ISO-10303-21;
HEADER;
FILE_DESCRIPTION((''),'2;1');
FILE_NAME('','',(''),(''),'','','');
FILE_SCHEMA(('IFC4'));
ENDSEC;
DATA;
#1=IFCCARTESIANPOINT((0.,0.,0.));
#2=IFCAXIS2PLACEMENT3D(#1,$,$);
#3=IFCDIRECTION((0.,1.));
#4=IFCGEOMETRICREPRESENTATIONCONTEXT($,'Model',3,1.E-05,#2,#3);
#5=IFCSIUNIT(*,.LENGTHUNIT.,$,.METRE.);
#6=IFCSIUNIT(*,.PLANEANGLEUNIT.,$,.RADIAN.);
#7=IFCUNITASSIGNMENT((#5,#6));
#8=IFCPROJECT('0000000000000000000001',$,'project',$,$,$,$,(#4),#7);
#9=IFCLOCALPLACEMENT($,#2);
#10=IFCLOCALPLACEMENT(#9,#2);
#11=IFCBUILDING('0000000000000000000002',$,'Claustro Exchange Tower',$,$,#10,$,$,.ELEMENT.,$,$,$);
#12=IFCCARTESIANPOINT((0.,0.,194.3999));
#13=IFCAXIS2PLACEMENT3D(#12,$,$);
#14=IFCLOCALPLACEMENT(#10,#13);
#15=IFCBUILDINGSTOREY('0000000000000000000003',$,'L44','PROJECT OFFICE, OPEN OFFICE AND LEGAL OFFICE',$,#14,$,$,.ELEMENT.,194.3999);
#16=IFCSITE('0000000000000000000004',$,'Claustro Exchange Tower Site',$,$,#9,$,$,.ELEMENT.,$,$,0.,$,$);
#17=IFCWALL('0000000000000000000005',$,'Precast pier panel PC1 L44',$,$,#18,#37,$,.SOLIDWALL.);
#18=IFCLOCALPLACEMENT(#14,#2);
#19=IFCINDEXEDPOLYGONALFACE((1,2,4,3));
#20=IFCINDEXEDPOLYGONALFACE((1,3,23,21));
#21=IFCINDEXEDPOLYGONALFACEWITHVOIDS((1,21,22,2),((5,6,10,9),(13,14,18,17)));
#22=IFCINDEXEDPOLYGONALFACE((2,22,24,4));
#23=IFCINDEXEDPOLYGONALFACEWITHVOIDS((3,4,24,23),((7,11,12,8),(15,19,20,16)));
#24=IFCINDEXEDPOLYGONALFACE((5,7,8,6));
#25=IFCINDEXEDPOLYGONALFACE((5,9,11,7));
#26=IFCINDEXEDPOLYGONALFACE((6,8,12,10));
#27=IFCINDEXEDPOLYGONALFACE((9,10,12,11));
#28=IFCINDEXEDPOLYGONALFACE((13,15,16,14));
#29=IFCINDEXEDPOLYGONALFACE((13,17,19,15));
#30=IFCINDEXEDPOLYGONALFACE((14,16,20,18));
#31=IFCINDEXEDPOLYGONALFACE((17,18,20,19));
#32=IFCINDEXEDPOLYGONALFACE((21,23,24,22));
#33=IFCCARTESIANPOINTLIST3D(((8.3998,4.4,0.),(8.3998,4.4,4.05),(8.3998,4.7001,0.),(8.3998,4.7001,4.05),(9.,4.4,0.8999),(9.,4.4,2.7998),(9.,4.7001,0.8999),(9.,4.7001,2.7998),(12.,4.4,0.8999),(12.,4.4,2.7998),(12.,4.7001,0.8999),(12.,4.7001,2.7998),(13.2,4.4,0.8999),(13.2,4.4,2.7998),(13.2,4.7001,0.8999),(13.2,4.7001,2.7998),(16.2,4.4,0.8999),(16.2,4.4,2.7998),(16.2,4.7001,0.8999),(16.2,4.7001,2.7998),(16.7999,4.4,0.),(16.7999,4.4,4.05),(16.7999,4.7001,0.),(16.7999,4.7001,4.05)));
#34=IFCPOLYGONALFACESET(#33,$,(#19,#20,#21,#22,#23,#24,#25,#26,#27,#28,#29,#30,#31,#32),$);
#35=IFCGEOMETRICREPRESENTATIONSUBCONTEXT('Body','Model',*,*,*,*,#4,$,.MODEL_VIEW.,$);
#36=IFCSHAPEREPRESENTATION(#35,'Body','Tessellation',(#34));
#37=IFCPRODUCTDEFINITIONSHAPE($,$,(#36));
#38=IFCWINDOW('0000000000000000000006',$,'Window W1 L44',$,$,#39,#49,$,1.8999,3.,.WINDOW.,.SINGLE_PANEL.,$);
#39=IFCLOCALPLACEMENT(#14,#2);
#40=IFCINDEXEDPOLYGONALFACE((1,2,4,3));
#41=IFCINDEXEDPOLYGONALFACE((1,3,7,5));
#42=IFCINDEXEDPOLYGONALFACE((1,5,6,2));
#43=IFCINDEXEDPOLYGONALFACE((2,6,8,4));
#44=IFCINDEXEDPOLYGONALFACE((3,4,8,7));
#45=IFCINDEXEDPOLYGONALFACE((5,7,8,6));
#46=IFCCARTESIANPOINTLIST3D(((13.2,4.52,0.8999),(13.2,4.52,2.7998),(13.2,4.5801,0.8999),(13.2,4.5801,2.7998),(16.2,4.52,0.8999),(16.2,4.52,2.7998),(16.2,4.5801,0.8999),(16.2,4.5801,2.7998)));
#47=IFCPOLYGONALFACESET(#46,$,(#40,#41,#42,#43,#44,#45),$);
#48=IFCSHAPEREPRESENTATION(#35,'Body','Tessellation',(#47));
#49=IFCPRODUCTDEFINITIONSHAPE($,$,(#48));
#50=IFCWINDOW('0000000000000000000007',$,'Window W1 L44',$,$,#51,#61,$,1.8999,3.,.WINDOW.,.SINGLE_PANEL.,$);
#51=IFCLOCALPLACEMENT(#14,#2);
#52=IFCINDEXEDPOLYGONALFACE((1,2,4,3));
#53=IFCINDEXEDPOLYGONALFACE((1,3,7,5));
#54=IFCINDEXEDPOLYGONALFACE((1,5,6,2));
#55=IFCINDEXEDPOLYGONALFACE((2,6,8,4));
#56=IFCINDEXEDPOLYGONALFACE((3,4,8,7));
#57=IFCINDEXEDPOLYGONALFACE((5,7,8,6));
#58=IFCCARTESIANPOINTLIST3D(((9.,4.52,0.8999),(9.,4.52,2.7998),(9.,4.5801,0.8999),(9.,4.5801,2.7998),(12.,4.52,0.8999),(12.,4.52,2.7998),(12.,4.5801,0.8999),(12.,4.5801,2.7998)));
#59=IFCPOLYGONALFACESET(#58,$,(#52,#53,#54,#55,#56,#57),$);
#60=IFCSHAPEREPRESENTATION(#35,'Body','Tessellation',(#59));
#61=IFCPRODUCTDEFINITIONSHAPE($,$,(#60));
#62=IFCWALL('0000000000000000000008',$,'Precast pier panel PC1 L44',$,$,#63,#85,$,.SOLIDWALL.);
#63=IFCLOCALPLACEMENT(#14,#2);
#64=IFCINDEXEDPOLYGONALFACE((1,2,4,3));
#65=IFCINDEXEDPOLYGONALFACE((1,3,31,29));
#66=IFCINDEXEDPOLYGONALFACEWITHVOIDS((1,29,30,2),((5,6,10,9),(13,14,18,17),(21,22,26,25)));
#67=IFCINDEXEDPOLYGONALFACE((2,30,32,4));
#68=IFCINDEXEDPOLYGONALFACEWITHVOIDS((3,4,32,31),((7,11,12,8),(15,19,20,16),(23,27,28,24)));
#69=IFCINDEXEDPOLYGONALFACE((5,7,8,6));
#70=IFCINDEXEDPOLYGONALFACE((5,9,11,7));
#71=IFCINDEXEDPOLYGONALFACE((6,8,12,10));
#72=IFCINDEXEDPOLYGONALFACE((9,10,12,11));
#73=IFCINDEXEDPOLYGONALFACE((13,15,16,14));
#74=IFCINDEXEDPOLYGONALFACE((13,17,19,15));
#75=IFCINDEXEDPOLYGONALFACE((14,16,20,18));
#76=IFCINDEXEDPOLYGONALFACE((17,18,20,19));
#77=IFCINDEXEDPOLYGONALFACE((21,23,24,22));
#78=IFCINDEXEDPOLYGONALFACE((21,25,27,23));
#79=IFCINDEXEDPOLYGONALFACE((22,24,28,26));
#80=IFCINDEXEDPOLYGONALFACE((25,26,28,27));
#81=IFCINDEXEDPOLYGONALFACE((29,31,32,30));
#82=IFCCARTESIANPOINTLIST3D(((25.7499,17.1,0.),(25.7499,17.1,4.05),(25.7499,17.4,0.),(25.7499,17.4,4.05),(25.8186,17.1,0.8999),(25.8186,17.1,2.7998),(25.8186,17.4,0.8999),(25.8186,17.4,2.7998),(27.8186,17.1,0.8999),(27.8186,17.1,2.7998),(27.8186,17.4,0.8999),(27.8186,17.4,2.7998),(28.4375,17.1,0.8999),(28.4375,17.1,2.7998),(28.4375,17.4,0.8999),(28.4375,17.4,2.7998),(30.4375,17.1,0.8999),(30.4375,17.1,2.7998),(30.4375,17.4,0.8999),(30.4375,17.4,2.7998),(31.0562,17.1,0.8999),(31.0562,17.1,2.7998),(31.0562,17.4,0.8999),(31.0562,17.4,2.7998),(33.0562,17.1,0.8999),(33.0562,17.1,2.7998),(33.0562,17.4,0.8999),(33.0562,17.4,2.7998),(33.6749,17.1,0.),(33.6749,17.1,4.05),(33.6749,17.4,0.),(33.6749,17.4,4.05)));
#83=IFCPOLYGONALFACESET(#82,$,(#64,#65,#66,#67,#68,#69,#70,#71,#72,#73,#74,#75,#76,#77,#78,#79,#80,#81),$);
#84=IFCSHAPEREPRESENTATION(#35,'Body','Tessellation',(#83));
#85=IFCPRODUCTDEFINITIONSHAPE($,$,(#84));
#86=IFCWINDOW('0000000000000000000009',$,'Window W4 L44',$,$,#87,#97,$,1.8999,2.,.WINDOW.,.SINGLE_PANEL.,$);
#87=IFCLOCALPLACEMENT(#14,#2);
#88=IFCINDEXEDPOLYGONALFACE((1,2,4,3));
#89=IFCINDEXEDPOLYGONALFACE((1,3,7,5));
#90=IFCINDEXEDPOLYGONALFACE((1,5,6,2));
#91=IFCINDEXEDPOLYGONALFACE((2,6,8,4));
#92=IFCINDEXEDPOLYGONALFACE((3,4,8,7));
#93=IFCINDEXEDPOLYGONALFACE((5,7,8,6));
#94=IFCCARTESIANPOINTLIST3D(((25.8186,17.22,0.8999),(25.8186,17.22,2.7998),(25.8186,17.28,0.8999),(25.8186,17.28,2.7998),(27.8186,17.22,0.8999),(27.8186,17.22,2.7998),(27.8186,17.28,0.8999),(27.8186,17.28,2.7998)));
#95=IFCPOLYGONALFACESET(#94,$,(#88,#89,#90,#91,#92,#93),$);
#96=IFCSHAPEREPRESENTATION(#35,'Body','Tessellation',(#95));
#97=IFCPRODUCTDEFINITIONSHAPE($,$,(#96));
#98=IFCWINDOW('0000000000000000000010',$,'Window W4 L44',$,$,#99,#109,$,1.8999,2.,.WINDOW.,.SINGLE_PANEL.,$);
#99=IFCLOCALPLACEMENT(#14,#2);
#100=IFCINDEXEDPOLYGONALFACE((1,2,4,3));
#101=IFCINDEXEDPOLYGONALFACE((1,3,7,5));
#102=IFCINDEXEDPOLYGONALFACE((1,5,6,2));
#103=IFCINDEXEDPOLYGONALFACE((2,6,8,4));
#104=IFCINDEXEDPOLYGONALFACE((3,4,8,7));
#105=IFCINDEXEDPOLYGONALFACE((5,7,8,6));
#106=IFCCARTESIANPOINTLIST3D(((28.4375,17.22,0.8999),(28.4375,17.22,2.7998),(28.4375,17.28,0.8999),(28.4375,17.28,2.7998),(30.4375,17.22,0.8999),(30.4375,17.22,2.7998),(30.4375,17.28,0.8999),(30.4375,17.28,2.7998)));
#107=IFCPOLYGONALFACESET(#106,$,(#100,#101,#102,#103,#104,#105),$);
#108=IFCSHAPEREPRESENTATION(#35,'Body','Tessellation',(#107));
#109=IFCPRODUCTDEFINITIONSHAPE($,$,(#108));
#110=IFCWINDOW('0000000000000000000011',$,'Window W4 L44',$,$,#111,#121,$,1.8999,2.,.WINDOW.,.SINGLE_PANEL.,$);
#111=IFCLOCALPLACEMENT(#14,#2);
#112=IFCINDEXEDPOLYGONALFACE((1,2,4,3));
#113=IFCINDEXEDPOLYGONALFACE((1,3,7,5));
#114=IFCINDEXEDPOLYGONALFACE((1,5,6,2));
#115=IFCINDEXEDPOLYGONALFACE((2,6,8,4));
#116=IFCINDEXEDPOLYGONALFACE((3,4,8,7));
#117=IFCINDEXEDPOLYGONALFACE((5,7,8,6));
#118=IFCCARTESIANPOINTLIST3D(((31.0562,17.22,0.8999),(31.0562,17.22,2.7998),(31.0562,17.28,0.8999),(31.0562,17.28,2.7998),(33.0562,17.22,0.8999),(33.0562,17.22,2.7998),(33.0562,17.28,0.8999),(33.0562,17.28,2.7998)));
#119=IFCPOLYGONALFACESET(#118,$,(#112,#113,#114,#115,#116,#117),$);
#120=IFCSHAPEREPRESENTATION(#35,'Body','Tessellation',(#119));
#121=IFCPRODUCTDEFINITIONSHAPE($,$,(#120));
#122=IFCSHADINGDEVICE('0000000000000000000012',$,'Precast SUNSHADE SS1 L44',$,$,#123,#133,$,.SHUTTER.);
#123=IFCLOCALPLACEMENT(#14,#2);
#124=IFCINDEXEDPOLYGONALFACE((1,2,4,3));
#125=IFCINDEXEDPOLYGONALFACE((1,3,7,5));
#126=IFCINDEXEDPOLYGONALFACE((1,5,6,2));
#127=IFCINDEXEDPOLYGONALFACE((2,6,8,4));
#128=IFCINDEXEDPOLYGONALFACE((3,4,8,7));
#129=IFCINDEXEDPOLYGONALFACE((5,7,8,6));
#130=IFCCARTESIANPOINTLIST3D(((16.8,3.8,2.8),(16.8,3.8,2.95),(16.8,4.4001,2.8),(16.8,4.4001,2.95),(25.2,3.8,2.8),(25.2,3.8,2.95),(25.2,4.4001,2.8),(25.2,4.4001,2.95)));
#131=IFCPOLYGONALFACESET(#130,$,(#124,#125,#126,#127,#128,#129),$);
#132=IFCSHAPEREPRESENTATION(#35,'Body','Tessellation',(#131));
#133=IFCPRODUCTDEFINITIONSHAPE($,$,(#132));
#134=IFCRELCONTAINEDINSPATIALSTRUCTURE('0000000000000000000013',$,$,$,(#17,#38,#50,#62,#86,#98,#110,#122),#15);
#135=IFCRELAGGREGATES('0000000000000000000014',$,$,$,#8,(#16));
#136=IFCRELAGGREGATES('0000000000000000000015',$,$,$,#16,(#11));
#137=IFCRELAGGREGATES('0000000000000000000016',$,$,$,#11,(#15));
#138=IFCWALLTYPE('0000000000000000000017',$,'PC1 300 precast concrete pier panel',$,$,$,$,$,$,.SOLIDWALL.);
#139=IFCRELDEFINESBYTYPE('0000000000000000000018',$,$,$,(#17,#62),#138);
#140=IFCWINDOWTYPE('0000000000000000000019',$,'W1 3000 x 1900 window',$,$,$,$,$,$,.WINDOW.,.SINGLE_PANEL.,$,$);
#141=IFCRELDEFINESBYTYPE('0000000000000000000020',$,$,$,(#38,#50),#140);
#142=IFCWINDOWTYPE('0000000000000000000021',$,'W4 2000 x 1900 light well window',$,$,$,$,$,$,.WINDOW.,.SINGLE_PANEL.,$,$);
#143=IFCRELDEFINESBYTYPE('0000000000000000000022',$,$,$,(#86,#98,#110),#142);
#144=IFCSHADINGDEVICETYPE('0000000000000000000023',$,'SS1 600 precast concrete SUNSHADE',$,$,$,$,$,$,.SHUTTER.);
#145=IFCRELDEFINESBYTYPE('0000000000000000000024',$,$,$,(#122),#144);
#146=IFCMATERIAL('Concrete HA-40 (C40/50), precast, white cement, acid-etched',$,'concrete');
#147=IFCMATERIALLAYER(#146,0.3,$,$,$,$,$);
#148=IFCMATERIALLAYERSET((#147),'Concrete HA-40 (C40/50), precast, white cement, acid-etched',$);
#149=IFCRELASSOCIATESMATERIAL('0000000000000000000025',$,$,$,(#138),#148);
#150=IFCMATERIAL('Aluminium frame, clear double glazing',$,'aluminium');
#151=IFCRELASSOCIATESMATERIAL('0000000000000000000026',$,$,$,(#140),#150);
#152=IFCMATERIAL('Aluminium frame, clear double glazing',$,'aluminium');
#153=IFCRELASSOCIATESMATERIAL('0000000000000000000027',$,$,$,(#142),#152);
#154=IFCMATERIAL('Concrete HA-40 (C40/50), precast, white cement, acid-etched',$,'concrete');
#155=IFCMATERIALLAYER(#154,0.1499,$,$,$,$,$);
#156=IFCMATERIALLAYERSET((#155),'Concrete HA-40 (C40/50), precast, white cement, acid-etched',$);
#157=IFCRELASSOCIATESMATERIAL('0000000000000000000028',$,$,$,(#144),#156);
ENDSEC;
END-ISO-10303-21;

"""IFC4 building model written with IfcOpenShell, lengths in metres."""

from ifc_helpers import new_model, si_unit, direction, frame, frame_2d, origin, origin_2d, place, context, subcontext, project, spatial, rectangle, extrude, material, layer, layer_set, type_object, element, fill, save


model = new_model("IFC4")

# Units and contexts
model_context = context("Model", 3, precision=1e-05, world=origin(), true_north=direction((0.0, 1.0)))
body_context = subcontext(model_context, "Body", "Model", "MODEL_VIEW")
ifc_project = project(units=[si_unit("LENGTHUNIT", "METRE"), si_unit("PLANEANGLEUNIT", "RADIAN")], contexts=[model_context])

# Site, building, storey
site_placement = place(None, origin())
site = spatial("IfcSite", under=ifc_project, at=site_placement, Name="Claustro Exchange Tower Site", CompositionType="ELEMENT", RefElevation=0.0)
building_placement = place(site_placement, origin())
building = spatial("IfcBuilding", under=site, at=building_placement, Name="Claustro Exchange Tower", CompositionType="ELEMENT")
storey_placement = place(building_placement, frame((0.0, 0.0, 194.3999)))
storey = spatial("IfcBuildingStorey", under=building, at=storey_placement, Name="L44", Description="PROJECT OFFICE, OPEN OFFICE AND LEGAL OFFICE", CompositionType="ELEMENT", Elevation=194.3999)

# Walls, openings, windows
ifc_material_1 = material(Name="Concrete HA-40 (C40/50), precast, white cement, acid-etched", Category="concrete")
ifc_layer_1 = layer(ifc_material_1, 0.3)
ifc_layer_set_1 = layer_set([ifc_layer_1], Name="Concrete HA-40 (C40/50), precast, white cement, acid-etched")
wall_type_1 = type_object("IfcWallType", Name="PC1 300 precast concrete pier panel", PredefinedType="SOLIDWALL", material=ifc_layer_set_1)
ifc_material_2 = material(Name="Aluminium frame, clear double glazing", Category="aluminium")
window_type_1 = type_object("IfcWindowType", Name="W1 3000 x 1900 window", PartitioningType="SINGLE_PANEL", PredefinedType="WINDOW", material=ifc_material_2)
wall_1_placement = place(storey_placement, frame((16.8, 4.55, 0.0), z_axis=(0.0, 0.0, 1.0), x_axis=(-1.0, 0.0, 0.0)))
wall_1 = element("IfcWall", 1, at=wall_1_placement, inside=storey, type_object=wall_type_1, Name="Precast pier panel PC1 L44", PredefinedType="SOLIDWALL", context=body_context, shape_type="SweptSolid", body=[
    extrude(rectangle(XDim=8.4001, YDim=0.3, at=frame_2d((4.2002, 0.0))), origin(), (0.0, 0.0, 1.0), 4.05),
])
opening_1_placement = place(wall_1_placement, frame((0.6001, 0.0, 0.8999)))
opening_1 = element("IfcOpeningElement", 2, at=opening_1_placement, cuts=wall_1, PredefinedType="OPENING", context=body_context, shape_type="SweptSolid", body=[
    extrude(rectangle(XDim=3.0, YDim=1.8999, at=frame_2d((1.5, 0.95))), frame((0.0, 0.1599, 0.0), z_axis=(0.0, -1.0, 0.0), x_axis=(1.0, 0.0, 0.0)), (0.0, 0.0, 1.0), 0.3201),
])
opening_2_placement = place(wall_1_placement, frame((4.8, 0.0, 0.8999)))
opening_2 = element("IfcOpeningElement", 3, at=opening_2_placement, cuts=wall_1, PredefinedType="OPENING", context=body_context, shape_type="SweptSolid", body=[
    extrude(rectangle(XDim=3.0, YDim=1.8999, at=frame_2d((1.5, 0.95))), frame((0.0, 0.1599, 0.0), z_axis=(0.0, -1.0, 0.0), x_axis=(1.0, 0.0, 0.0)), (0.0, 0.0, 1.0), 0.3201),
])
window_1_placement = place(opening_1_placement, origin())
window_1 = element("IfcWindow", 4, at=window_1_placement, inside=storey, type_object=window_type_1, Name="Window W1 L44", OverallHeight=1.8999, OverallWidth=3.0, PartitioningType="SINGLE_PANEL", PredefinedType="WINDOW", context=body_context, shape_type="SweptSolid", body=[
    extrude(rectangle(XDim=3.0, YDim=1.8999, at=frame_2d((1.5, 0.95))), frame((0.0, 0.03, 0.0), z_axis=(0.0, -1.0, 0.0), x_axis=(1.0, 0.0, 0.0)), (0.0, 0.0, 1.0), 0.0601),
])
fill(opening_1, window_1)
window_2_placement = place(opening_2_placement, origin())
window_2 = element("IfcWindow", 5, at=window_2_placement, inside=storey, type_object=window_type_1, Name="Window W1 L44", OverallHeight=1.8999, OverallWidth=3.0, PartitioningType="SINGLE_PANEL", PredefinedType="WINDOW", context=body_context, shape_type="SweptSolid", body=[
    extrude(rectangle(XDim=3.0, YDim=1.8999, at=frame_2d((1.5, 0.95))), frame((0.0, 0.03, 0.0), z_axis=(0.0, -1.0, 0.0), x_axis=(1.0, 0.0, 0.0)), (0.0, 0.0, 1.0), 0.0601),
])
fill(opening_2, window_2)
wall_2_placement = place(storey_placement, frame((25.75, 17.25, 0.0), z_axis=(0.0, 0.0, 1.0), x_axis=(1.0, 0.0, 0.0)))
wall_2 = element("IfcWall", 6, at=wall_2_placement, inside=storey, type_object=wall_type_1, Name="Precast pier panel PC1 L44", PredefinedType="SOLIDWALL", context=body_context, shape_type="SweptSolid", body=[
    extrude(rectangle(XDim=7.925, YDim=0.3, at=frame_2d((3.9624, 0.0))), origin(), (0.0, 0.0, 1.0), 4.05),
])
opening_3_placement = place(wall_2_placement, frame((0.0686, 0.0, 0.8999)))
opening_3 = element("IfcOpeningElement", 7, at=opening_3_placement, cuts=wall_2, PredefinedType="OPENING", context=body_context, shape_type="SweptSolid", body=[
    extrude(rectangle(XDim=2.0, YDim=1.8999, at=frame_2d((1.0, 0.95))), frame((0.0, 0.1599, 0.0), z_axis=(0.0, -1.0, 0.0), x_axis=(1.0, 0.0, 0.0)), (0.0, 0.0, 1.0), 0.3201),
])
opening_4_placement = place(wall_2_placement, frame((2.6875, 0.0, 0.8999)))
opening_4 = element("IfcOpeningElement", 8, at=opening_4_placement, cuts=wall_2, PredefinedType="OPENING", context=body_context, shape_type="SweptSolid", body=[
    extrude(rectangle(XDim=2.0, YDim=1.8999, at=frame_2d((1.0, 0.95))), frame((0.0, 0.1599, 0.0), z_axis=(0.0, -1.0, 0.0), x_axis=(1.0, 0.0, 0.0)), (0.0, 0.0, 1.0), 0.3201),
])
opening_5_placement = place(wall_2_placement, frame((5.3062, 0.0, 0.8999)))
opening_5 = element("IfcOpeningElement", 9, at=opening_5_placement, cuts=wall_2, PredefinedType="OPENING", context=body_context, shape_type="SweptSolid", body=[
    extrude(rectangle(XDim=2.0, YDim=1.8999, at=frame_2d((1.0, 0.95))), frame((0.0, 0.1599, 0.0), z_axis=(0.0, -1.0, 0.0), x_axis=(1.0, 0.0, 0.0)), (0.0, 0.0, 1.0), 0.3201),
])
ifc_material_3 = material(Name="Aluminium frame, clear double glazing", Category="aluminium")
window_type_2 = type_object("IfcWindowType", Name="W4 2000 x 1900 light well window", PartitioningType="SINGLE_PANEL", PredefinedType="WINDOW", material=ifc_material_3)
window_3_placement = place(opening_3_placement, origin())
window_3 = element("IfcWindow", 10, at=window_3_placement, inside=storey, type_object=window_type_2, Name="Window W4 L44", OverallHeight=1.8999, OverallWidth=2.0, PartitioningType="SINGLE_PANEL", PredefinedType="WINDOW", context=body_context, shape_type="SweptSolid", body=[
    extrude(rectangle(XDim=2.0, YDim=1.8999, at=frame_2d((1.0, 0.95))), frame((0.0, 0.03, 0.0), z_axis=(0.0, -1.0, 0.0), x_axis=(1.0, 0.0, 0.0)), (0.0, 0.0, 1.0), 0.0601),
])
fill(opening_3, window_3)
window_4_placement = place(opening_4_placement, origin())
window_4 = element("IfcWindow", 11, at=window_4_placement, inside=storey, type_object=window_type_2, Name="Window W4 L44", OverallHeight=1.8999, OverallWidth=2.0, PartitioningType="SINGLE_PANEL", PredefinedType="WINDOW", context=body_context, shape_type="SweptSolid", body=[
    extrude(rectangle(XDim=2.0, YDim=1.8999, at=frame_2d((1.0, 0.95))), frame((0.0, 0.03, 0.0), z_axis=(0.0, -1.0, 0.0), x_axis=(1.0, 0.0, 0.0)), (0.0, 0.0, 1.0), 0.0601),
])
fill(opening_4, window_4)
window_5_placement = place(opening_5_placement, origin())
window_5 = element("IfcWindow", 12, at=window_5_placement, inside=storey, type_object=window_type_2, Name="Window W4 L44", OverallHeight=1.8999, OverallWidth=2.0, PartitioningType="SINGLE_PANEL", PredefinedType="WINDOW", context=body_context, shape_type="SweptSolid", body=[
    extrude(rectangle(XDim=2.0, YDim=1.8999, at=frame_2d((1.0, 0.95))), frame((0.0, 0.03, 0.0), z_axis=(0.0, -1.0, 0.0), x_axis=(1.0, 0.0, 0.0)), (0.0, 0.0, 1.0), 0.0601),
])
fill(opening_5, window_5)

# Shading device
ifc_material_4 = material(Name="Concrete HA-40 (C40/50), precast, white cement, acid-etched", Category="concrete")
ifc_layer_2 = layer(ifc_material_4, 0.1499)
ifc_layer_set_2 = layer_set([ifc_layer_2], Name="Concrete HA-40 (C40/50), precast, white cement, acid-etched")
shading_device_type = type_object("IfcShadingDeviceType", Name="SS1 600 precast concrete SUNSHADE", PredefinedType="SHUTTER", material=ifc_layer_set_2)
shading_device_placement = place(storey_placement, frame((21.0, 4.1001, 2.8), z_axis=(0.0, 0.0, 1.0), x_axis=(-1.0, 0.0, 0.0)))
element("IfcShadingDevice", 13, at=shading_device_placement, inside=storey, type_object=shading_device_type, Name="Precast SUNSHADE SS1 L44", PredefinedType="SHUTTER", context=body_context, shape_type="SweptSolid", body=[
    extrude(rectangle(XDim=8.3999, YDim=0.6001, at=origin_2d()), origin(), (0.0, 0.0, 1.0), 0.1499),
])

save(model, "model.ifc")
